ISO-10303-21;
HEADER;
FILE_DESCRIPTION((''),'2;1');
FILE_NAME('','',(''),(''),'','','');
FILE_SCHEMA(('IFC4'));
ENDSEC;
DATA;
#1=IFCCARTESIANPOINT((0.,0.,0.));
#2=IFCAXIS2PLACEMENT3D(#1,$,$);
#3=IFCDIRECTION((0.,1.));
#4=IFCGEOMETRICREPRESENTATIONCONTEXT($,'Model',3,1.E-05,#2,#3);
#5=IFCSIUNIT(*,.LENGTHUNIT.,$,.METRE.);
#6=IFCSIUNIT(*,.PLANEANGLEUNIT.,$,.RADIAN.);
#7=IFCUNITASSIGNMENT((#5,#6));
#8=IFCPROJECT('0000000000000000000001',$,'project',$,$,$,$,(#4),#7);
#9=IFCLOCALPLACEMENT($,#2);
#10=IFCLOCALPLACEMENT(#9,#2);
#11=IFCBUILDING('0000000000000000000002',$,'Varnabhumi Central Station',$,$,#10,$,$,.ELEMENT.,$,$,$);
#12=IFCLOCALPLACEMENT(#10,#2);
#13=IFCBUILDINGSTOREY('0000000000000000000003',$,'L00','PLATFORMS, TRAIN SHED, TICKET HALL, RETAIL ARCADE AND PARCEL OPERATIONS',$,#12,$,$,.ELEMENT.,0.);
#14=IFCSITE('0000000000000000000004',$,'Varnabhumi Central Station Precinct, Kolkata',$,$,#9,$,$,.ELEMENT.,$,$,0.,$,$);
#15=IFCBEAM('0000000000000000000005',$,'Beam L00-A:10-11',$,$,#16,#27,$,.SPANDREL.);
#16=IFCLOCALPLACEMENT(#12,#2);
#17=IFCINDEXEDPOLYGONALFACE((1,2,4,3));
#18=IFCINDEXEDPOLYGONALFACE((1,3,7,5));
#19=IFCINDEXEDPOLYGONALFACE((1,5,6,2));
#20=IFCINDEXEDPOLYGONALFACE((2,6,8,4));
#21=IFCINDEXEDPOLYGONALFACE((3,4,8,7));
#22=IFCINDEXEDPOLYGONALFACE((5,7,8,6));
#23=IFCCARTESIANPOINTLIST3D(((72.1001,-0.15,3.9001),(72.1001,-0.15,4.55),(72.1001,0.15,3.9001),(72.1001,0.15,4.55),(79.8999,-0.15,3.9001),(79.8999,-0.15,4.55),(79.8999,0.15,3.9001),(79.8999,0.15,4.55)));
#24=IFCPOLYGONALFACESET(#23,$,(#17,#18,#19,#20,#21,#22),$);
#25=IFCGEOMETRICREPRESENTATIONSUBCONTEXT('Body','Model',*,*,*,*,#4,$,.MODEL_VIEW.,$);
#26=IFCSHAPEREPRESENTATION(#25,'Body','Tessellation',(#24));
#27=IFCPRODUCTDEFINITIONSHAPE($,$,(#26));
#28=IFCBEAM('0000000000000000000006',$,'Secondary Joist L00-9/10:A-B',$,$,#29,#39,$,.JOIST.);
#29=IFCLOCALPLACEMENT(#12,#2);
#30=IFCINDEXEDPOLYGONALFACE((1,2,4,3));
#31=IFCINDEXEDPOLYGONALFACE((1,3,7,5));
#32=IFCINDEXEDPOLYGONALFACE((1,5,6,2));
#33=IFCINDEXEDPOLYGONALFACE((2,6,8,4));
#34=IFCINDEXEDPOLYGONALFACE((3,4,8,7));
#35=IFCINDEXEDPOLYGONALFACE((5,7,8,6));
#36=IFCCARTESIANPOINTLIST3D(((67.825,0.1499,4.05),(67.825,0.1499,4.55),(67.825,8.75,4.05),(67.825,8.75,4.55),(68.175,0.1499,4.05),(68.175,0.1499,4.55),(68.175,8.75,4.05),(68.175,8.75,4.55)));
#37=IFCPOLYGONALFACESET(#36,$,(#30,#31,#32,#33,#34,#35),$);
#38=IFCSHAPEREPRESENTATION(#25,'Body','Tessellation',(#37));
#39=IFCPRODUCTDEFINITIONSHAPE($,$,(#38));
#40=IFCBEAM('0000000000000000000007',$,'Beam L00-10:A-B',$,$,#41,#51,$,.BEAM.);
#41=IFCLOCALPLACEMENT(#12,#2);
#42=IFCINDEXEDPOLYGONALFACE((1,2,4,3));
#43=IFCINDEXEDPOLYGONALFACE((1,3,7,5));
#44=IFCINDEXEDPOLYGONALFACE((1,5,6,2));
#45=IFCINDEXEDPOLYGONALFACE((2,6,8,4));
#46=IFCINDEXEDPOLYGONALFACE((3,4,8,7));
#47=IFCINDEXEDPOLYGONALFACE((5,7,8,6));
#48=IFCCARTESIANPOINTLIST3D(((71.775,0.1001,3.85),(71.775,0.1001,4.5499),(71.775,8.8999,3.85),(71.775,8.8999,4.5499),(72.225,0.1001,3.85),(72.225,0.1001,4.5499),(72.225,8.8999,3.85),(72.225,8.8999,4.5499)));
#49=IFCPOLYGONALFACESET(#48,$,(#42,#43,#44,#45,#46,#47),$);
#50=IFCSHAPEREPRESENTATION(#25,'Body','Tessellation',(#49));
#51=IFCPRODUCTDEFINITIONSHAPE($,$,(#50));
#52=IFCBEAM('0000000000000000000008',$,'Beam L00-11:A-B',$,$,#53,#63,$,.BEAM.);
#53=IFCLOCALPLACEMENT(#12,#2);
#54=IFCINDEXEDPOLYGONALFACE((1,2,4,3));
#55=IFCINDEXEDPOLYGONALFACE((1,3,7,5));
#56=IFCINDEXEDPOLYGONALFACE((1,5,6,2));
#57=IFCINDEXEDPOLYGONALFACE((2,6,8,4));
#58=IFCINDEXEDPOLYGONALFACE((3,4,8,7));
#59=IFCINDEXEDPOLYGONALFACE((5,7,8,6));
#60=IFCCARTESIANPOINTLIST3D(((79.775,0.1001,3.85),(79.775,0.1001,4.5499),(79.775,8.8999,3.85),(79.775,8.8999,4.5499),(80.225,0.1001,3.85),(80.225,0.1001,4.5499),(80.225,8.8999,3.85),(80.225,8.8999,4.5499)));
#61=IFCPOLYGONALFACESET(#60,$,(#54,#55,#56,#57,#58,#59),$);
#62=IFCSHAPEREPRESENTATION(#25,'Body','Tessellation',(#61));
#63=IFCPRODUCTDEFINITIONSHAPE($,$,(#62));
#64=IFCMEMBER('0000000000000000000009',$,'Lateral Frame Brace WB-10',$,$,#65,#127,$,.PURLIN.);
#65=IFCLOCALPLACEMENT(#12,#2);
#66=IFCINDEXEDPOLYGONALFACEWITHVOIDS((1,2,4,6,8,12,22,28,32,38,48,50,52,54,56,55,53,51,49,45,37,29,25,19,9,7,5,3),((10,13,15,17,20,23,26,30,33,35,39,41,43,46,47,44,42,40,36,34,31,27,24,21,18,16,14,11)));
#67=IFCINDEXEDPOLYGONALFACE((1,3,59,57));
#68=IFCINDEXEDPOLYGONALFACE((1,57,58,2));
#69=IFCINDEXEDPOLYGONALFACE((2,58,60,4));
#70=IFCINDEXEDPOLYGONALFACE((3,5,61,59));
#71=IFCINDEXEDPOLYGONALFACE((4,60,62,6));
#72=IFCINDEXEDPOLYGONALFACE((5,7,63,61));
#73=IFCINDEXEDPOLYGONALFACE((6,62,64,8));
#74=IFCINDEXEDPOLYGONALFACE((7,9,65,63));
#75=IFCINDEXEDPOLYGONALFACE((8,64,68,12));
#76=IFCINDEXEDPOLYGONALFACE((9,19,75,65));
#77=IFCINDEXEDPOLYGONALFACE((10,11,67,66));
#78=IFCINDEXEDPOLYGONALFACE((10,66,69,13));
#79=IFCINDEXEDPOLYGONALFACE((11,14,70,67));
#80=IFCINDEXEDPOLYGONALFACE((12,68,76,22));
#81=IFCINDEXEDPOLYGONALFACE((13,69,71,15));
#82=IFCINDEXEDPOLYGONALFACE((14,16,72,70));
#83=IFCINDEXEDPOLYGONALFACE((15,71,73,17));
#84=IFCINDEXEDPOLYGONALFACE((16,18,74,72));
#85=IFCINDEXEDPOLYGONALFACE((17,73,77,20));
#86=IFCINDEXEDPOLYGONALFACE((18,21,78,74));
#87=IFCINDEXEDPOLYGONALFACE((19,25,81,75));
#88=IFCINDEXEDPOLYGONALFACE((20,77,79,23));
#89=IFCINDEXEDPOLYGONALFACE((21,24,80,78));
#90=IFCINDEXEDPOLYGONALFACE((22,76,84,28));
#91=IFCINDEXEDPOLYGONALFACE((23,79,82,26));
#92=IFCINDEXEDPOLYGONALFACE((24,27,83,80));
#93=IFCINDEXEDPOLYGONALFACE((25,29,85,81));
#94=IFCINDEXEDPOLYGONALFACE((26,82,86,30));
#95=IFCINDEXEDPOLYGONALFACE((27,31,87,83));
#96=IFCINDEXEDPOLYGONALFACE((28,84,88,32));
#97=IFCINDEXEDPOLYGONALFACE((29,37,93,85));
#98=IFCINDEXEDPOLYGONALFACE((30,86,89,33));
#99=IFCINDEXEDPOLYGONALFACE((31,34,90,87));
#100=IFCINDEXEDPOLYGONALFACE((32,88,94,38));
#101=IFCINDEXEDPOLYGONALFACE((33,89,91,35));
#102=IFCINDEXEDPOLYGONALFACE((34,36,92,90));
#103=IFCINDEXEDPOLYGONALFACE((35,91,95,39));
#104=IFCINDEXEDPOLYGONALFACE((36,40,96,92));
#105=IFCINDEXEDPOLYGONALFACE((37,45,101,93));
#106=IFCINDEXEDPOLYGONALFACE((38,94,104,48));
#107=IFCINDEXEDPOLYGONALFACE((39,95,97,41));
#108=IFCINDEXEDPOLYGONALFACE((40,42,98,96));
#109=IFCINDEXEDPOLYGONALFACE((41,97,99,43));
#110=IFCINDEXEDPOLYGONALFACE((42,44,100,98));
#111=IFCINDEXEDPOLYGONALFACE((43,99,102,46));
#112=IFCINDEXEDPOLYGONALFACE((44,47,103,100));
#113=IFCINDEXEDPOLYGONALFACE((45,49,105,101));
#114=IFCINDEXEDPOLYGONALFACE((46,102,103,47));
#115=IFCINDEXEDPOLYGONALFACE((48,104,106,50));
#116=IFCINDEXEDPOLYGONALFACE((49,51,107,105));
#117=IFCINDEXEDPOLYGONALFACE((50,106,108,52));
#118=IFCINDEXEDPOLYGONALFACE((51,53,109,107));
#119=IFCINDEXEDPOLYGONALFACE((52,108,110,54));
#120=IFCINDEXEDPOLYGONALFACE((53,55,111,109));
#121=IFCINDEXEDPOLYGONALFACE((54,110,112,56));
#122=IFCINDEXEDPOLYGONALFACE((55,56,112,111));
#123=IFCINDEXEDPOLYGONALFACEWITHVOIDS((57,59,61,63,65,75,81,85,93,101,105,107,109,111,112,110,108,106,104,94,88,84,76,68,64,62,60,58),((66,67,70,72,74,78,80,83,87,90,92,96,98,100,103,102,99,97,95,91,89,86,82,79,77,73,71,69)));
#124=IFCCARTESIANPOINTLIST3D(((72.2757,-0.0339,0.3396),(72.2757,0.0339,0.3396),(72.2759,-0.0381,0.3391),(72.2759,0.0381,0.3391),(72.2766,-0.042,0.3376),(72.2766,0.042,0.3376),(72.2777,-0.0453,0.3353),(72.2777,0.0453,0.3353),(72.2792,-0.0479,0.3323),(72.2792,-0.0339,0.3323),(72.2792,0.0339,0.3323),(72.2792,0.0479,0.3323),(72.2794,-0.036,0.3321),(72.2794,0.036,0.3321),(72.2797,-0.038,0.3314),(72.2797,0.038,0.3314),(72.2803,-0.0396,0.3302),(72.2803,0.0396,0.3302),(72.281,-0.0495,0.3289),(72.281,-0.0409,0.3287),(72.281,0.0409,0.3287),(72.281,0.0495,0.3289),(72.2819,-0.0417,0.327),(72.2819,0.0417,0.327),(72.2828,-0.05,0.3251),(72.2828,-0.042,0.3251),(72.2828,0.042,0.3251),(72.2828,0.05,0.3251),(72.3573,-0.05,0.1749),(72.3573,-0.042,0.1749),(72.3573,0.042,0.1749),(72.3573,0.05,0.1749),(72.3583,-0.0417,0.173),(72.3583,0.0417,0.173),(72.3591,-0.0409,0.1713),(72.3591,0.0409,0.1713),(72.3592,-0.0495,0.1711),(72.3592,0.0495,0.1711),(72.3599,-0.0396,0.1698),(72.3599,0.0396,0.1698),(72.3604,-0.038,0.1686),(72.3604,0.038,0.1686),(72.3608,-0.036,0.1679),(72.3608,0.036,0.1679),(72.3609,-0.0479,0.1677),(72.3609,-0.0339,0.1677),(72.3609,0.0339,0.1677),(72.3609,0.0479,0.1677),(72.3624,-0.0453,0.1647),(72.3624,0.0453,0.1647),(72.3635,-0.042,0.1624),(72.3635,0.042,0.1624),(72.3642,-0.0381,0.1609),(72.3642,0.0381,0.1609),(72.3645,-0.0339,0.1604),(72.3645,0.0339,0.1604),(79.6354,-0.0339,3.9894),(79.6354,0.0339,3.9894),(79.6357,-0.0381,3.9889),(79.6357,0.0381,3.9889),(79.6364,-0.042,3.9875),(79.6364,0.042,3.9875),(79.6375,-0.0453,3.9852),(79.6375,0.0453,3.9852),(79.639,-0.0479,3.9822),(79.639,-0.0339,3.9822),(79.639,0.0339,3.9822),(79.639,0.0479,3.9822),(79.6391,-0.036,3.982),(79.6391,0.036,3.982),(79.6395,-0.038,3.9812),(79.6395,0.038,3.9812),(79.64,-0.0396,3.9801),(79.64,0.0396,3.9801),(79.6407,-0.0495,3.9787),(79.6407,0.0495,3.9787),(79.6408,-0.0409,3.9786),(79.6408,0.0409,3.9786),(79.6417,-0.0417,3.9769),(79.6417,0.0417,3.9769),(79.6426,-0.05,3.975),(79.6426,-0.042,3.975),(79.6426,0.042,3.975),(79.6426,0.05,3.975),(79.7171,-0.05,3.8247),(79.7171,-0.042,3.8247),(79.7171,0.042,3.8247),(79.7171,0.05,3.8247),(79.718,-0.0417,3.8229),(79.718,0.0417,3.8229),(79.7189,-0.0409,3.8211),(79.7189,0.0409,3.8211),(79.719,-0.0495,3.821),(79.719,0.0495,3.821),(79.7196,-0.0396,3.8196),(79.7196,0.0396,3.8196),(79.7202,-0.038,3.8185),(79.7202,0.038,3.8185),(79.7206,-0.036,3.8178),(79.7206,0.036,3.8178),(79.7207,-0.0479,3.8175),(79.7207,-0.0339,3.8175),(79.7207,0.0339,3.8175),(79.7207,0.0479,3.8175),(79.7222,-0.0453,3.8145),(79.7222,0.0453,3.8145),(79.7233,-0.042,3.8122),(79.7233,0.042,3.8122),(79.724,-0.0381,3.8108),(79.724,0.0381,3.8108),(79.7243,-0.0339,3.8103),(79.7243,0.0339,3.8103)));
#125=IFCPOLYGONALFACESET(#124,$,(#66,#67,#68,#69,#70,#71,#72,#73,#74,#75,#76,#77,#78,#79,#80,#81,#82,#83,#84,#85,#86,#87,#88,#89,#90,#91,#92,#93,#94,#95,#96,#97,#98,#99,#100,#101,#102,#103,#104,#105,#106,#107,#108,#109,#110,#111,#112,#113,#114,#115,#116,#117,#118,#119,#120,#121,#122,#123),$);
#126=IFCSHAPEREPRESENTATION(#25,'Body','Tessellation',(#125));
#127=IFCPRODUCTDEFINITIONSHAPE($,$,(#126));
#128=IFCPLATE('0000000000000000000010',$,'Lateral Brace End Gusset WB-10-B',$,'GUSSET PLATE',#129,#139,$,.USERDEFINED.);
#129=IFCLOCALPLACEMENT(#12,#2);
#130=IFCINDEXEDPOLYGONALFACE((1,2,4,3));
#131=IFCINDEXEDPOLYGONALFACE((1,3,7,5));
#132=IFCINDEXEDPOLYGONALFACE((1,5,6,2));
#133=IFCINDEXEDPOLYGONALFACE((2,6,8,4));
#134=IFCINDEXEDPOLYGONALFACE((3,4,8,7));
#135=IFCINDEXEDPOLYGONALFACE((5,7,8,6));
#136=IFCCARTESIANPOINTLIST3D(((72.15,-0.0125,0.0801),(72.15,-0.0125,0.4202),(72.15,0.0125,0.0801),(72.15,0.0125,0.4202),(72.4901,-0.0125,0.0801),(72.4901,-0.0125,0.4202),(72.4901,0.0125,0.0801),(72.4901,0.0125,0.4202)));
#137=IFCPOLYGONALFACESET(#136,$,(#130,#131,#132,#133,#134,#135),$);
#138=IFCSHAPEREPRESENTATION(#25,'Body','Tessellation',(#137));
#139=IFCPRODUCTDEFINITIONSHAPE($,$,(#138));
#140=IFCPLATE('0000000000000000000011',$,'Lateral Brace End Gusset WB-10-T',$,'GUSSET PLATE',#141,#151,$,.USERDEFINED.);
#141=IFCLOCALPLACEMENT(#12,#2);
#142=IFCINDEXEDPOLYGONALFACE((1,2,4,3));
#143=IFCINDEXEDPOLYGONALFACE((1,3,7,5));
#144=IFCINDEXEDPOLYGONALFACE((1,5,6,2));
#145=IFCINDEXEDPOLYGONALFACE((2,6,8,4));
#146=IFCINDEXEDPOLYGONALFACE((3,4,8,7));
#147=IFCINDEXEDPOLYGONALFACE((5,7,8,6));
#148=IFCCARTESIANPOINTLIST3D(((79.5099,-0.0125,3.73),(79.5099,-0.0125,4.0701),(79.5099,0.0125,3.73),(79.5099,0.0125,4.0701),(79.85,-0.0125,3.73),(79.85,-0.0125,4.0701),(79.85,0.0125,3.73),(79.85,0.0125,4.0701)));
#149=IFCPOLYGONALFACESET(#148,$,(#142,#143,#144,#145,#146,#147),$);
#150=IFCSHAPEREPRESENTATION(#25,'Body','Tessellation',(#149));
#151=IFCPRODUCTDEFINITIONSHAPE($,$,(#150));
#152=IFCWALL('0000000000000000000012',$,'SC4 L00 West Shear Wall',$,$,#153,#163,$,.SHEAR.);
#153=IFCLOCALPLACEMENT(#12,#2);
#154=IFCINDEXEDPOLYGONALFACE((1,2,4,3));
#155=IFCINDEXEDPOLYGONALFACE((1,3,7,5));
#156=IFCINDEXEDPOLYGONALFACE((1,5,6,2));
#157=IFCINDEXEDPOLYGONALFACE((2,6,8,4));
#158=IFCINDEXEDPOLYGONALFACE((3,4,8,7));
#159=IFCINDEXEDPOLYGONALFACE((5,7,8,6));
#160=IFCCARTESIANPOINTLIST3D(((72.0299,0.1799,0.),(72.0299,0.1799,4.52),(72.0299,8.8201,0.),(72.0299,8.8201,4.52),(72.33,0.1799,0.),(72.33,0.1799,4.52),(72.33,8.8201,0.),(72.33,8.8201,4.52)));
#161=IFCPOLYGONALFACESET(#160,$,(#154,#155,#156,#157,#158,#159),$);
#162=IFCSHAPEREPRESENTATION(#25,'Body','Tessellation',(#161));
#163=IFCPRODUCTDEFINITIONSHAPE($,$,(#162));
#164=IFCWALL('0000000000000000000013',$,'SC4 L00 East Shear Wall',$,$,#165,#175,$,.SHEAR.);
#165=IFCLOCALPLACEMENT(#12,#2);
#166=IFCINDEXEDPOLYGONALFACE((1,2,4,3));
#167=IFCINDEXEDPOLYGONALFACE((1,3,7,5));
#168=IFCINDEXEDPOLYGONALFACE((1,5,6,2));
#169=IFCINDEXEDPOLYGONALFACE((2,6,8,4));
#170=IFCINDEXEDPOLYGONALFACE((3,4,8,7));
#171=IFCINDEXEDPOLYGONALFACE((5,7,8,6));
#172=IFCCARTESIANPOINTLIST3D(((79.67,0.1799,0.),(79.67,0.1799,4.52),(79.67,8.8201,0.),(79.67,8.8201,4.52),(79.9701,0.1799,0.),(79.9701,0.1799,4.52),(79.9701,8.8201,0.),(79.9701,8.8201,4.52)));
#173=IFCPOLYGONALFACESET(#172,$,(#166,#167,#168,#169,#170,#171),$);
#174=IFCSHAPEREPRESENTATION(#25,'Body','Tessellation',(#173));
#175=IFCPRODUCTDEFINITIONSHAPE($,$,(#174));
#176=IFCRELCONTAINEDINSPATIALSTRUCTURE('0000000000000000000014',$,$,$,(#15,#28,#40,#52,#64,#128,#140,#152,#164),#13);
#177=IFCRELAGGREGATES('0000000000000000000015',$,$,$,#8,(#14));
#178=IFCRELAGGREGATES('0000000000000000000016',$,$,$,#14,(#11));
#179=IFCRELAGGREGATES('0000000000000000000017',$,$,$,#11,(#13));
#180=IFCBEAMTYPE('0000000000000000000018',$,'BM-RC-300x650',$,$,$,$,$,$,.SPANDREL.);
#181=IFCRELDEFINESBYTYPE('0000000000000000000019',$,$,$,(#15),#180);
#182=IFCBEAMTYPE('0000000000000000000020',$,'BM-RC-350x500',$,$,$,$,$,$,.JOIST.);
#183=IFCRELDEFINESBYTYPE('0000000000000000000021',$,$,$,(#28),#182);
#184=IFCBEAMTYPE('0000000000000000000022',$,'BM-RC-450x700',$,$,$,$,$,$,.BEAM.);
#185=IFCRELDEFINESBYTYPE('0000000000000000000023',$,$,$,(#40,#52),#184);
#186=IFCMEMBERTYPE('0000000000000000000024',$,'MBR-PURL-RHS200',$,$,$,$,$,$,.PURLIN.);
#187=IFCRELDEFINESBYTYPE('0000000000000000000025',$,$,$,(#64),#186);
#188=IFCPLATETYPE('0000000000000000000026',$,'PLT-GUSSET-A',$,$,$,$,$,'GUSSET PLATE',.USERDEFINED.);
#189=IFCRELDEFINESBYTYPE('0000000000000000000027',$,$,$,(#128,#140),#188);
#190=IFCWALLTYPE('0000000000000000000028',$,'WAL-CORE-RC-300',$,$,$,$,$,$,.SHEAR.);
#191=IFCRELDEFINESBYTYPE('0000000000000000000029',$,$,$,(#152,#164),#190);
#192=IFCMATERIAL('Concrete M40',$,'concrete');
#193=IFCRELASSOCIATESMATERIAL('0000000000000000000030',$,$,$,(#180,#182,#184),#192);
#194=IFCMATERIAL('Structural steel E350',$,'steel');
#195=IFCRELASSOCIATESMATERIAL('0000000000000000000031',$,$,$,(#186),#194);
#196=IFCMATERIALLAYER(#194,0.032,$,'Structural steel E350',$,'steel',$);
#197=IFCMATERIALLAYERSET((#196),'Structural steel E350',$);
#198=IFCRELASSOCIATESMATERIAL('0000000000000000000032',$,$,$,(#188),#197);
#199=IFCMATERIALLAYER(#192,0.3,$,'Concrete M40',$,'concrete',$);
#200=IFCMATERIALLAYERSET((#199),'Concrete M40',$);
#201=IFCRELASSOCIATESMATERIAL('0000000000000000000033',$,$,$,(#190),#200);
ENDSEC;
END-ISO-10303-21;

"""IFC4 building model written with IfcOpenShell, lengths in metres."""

from ifc_helpers import new_model, si_unit, direction, frame, frame_2d, origin, origin_2d, place, context, subcontext, project, spatial, rectangle, hollow_rectangle, extrude, material, layer, layer_set, material_profile, profile_set, type_object, element, save


model = new_model("IFC4")

# Units and contexts
model_context = context("Model", 3, precision=1e-05, world=origin(), true_north=direction((0.0, 1.0)))
body_context = subcontext(model_context, "Body", "Model", "MODEL_VIEW")
ifc_project = project(units=[si_unit("LENGTHUNIT", "METRE"), si_unit("PLANEANGLEUNIT", "RADIAN")], contexts=[model_context])

# Site, building, storey
site_placement = place(None, origin())
site = spatial("IfcSite", under=ifc_project, at=site_placement, Name="Varnabhumi Central Station Precinct, Kolkata", CompositionType="ELEMENT", RefElevation=0.0)
building_placement = place(site_placement, origin())
building = spatial("IfcBuilding", under=site, at=building_placement, Name="Varnabhumi Central Station", CompositionType="ELEMENT")
storey_placement = place(building_placement, origin())
storey = spatial("IfcBuildingStorey", under=building, at=storey_placement, Name="L00", Description="PLATFORMS, TRAIN SHED, TICKET HALL, RETAIL ARCADE AND PARCEL OPERATIONS", CompositionType="ELEMENT", Elevation=0.0)

# Shared definitions
ifc_material_1 = material(Name="Concrete M40", Category="concrete")

# Beams
ifc_material_profile_1 = material_profile(ifc_material_1, rectangle(XDim=0.3, YDim=0.6499, at=origin_2d()), Name="Concrete M40", Category="concrete")
ifc_profile_set_1 = profile_set([ifc_material_profile_1], Name="Concrete M40")
beam_type_1 = type_object("IfcBeamType", Name="BM-RC-300x650", PredefinedType="SPANDREL", material=ifc_profile_set_1)
beam_1_placement = place(storey_placement, frame((72.1001, 0.0, 4.2251), z_axis=(1.0, 0.0, 0.0), x_axis=(0.0, 1.0, 0.0)))
element("IfcBeam", 1, at=beam_1_placement, inside=storey, type_object=beam_type_1, Name="Beam L00-A:10-11", PredefinedType="SPANDREL", context=body_context, shape_type="SweptSolid", body=[
    extrude(rectangle(XDim=0.3, YDim=0.6499, at=origin_2d()), origin(), (0.0, 0.0, 1.0), 7.7998),
])
ifc_material_profile_2 = material_profile(ifc_material_1, rectangle(XDim=0.3501, YDim=0.5, at=origin_2d()), Name="Concrete M40", Category="concrete")
ifc_profile_set_2 = profile_set([ifc_material_profile_2], Name="Concrete M40")
beam_type_2 = type_object("IfcBeamType", Name="BM-RC-350x500", PredefinedType="JOIST", material=ifc_profile_set_2)
beam_2_placement = place(storey_placement, frame((68.0, 0.1499, 4.3), z_axis=(0.0, 1.0, 0.0), x_axis=(-1.0, 0.0, 0.0)))
element("IfcBeam", 2, at=beam_2_placement, inside=storey, type_object=beam_type_2, Name="Secondary Joist L00-9/10:A-B", PredefinedType="JOIST", context=body_context, shape_type="SweptSolid", body=[
    extrude(rectangle(XDim=0.3501, YDim=0.5, at=origin_2d()), origin(), (0.0, 0.0, 1.0), 8.6001),
])
ifc_material_profile_3 = material_profile(ifc_material_1, rectangle(XDim=0.45, YDim=0.7, at=origin_2d()), Name="Concrete M40", Category="concrete")
ifc_profile_set_3 = profile_set([ifc_material_profile_3], Name="Concrete M40")
beam_type_3 = type_object("IfcBeamType", Name="BM-RC-450x700", PredefinedType="BEAM", material=ifc_profile_set_3)
for number, where, z_axis, x_axis, name in (
    (3, (72.0, 0.1001, 4.2), (0.0, 1.0, 0.0), (-1.0, 0.0, 0.0), "Beam L00-10:A-B"),
    (4, (80.0, 0.1001, 4.2), (0.0, 1.0, 0.0), (-1.0, 0.0, 0.0), "Beam L00-11:A-B"),
):
    element("IfcBeam", number, at=place(storey_placement, frame(where, z_axis=z_axis, x_axis=x_axis)), inside=storey, type_object=beam_type_3, Name=name, PredefinedType="BEAM", context=body_context, shape_type="SweptSolid", body=[
        extrude(rectangle(XDim=0.45, YDim=0.7, at=origin_2d()), origin(), (0.0, 0.0, 1.0), 8.7998),
    ])

# Member
ifc_material_2 = material(Name="Structural steel E350", Category="steel")
ifc_material_profile_4 = material_profile(ifc_material_2, hollow_rectangle(XDim=0.1001, YDim=0.2, WallThickness=0.0081, InnerFilletRadius=0.0081, OuterFilletRadius=0.0161, at=origin_2d()), Name="Structural steel E350", Category="steel")
ifc_profile_set_4 = profile_set([ifc_material_profile_4], Name="Structural steel E350")
member_type = type_object("IfcMemberType", Name="MBR-PURL-RHS200", PredefinedType="PURLIN", material=ifc_profile_set_4)
member_placement = place(storey_placement, frame((72.3201, 0.0, 0.25), z_axis=(0.895885, 0.0, 0.444287), x_axis=(0.0, 1.0, 0.0)))
element("IfcMember", 5, at=member_placement, inside=storey, type_object=member_type, Name="Lateral Frame Brace WB-10", PredefinedType="PURLIN", context=body_context, shape_type="SweptSolid", body=[
    extrude(hollow_rectangle(XDim=0.1001, YDim=0.2, WallThickness=0.0081, InnerFilletRadius=0.0081, OuterFilletRadius=0.0161, at=origin_2d()), origin(), (0.0, 0.0, 1.0), 8.2151),
])

# Plates
ifc_layer_1 = layer(ifc_material_2, 0.032, Name="Structural steel E350", Category="steel")
ifc_layer_set_1 = layer_set([ifc_layer_1], Name="Structural steel E350")
plate_type = type_object("IfcPlateType", Name="PLT-GUSSET-A", ElementType="GUSSET PLATE", PredefinedType="USERDEFINED", material=ifc_layer_set_1)
for number, where, z_axis, x_axis, name in (
    (6, (72.3201, 0.0, 0.0801), (0.0, 0.0, 1.0), (1.0, 0.0, 0.0), "Lateral Brace End Gusset WB-10-B"),
    (7, (79.6799, 0.0, 3.73), (0.0, 0.0, 1.0), (1.0, 0.0, 0.0), "Lateral Brace End Gusset WB-10-T"),
):
    element("IfcPlate", number, at=place(storey_placement, frame(where, z_axis=z_axis, x_axis=x_axis)), inside=storey, type_object=plate_type, Name=name, ObjectType="GUSSET PLATE", PredefinedType="USERDEFINED", context=body_context, shape_type="SweptSolid", body=[
        extrude(rectangle(XDim=0.3401, YDim=0.0249, at=origin_2d()), origin(), (0.0, 0.0, 1.0), 0.3401),
    ])

# Walls
ifc_layer_2 = layer(ifc_material_1, 0.3, Name="Concrete M40", Category="concrete")
ifc_layer_set_2 = layer_set([ifc_layer_2], Name="Concrete M40")
wall_type_1 = type_object("IfcWallType", Name="WAL-CORE-RC-300", PredefinedType="SHEAR", material=ifc_layer_set_2)
for number, where, z_axis, x_axis, name in (
    (8, (72.1799, 0.1799, 0.0), (0.0, 0.0, 1.0), (0.0, 1.0, 0.0), "SC4 L00 West Shear Wall"),
    (9, (79.8201, 0.1799, 0.0), (0.0, 0.0, 1.0), (0.0, 1.0, 0.0), "SC4 L00 East Shear Wall"),
):
    element("IfcWall", number, at=place(storey_placement, frame(where, z_axis=z_axis, x_axis=x_axis)), inside=storey, type_object=wall_type_1, Name=name, PredefinedType="SHEAR", context=body_context, shape_type="SweptSolid", body=[
        extrude(rectangle(XDim=8.6401, YDim=0.3, at=frame_2d((4.3201, 0.0))), origin(), (0.0, 0.0, 1.0), 4.52),
    ])

save(model, "model.ifc")
